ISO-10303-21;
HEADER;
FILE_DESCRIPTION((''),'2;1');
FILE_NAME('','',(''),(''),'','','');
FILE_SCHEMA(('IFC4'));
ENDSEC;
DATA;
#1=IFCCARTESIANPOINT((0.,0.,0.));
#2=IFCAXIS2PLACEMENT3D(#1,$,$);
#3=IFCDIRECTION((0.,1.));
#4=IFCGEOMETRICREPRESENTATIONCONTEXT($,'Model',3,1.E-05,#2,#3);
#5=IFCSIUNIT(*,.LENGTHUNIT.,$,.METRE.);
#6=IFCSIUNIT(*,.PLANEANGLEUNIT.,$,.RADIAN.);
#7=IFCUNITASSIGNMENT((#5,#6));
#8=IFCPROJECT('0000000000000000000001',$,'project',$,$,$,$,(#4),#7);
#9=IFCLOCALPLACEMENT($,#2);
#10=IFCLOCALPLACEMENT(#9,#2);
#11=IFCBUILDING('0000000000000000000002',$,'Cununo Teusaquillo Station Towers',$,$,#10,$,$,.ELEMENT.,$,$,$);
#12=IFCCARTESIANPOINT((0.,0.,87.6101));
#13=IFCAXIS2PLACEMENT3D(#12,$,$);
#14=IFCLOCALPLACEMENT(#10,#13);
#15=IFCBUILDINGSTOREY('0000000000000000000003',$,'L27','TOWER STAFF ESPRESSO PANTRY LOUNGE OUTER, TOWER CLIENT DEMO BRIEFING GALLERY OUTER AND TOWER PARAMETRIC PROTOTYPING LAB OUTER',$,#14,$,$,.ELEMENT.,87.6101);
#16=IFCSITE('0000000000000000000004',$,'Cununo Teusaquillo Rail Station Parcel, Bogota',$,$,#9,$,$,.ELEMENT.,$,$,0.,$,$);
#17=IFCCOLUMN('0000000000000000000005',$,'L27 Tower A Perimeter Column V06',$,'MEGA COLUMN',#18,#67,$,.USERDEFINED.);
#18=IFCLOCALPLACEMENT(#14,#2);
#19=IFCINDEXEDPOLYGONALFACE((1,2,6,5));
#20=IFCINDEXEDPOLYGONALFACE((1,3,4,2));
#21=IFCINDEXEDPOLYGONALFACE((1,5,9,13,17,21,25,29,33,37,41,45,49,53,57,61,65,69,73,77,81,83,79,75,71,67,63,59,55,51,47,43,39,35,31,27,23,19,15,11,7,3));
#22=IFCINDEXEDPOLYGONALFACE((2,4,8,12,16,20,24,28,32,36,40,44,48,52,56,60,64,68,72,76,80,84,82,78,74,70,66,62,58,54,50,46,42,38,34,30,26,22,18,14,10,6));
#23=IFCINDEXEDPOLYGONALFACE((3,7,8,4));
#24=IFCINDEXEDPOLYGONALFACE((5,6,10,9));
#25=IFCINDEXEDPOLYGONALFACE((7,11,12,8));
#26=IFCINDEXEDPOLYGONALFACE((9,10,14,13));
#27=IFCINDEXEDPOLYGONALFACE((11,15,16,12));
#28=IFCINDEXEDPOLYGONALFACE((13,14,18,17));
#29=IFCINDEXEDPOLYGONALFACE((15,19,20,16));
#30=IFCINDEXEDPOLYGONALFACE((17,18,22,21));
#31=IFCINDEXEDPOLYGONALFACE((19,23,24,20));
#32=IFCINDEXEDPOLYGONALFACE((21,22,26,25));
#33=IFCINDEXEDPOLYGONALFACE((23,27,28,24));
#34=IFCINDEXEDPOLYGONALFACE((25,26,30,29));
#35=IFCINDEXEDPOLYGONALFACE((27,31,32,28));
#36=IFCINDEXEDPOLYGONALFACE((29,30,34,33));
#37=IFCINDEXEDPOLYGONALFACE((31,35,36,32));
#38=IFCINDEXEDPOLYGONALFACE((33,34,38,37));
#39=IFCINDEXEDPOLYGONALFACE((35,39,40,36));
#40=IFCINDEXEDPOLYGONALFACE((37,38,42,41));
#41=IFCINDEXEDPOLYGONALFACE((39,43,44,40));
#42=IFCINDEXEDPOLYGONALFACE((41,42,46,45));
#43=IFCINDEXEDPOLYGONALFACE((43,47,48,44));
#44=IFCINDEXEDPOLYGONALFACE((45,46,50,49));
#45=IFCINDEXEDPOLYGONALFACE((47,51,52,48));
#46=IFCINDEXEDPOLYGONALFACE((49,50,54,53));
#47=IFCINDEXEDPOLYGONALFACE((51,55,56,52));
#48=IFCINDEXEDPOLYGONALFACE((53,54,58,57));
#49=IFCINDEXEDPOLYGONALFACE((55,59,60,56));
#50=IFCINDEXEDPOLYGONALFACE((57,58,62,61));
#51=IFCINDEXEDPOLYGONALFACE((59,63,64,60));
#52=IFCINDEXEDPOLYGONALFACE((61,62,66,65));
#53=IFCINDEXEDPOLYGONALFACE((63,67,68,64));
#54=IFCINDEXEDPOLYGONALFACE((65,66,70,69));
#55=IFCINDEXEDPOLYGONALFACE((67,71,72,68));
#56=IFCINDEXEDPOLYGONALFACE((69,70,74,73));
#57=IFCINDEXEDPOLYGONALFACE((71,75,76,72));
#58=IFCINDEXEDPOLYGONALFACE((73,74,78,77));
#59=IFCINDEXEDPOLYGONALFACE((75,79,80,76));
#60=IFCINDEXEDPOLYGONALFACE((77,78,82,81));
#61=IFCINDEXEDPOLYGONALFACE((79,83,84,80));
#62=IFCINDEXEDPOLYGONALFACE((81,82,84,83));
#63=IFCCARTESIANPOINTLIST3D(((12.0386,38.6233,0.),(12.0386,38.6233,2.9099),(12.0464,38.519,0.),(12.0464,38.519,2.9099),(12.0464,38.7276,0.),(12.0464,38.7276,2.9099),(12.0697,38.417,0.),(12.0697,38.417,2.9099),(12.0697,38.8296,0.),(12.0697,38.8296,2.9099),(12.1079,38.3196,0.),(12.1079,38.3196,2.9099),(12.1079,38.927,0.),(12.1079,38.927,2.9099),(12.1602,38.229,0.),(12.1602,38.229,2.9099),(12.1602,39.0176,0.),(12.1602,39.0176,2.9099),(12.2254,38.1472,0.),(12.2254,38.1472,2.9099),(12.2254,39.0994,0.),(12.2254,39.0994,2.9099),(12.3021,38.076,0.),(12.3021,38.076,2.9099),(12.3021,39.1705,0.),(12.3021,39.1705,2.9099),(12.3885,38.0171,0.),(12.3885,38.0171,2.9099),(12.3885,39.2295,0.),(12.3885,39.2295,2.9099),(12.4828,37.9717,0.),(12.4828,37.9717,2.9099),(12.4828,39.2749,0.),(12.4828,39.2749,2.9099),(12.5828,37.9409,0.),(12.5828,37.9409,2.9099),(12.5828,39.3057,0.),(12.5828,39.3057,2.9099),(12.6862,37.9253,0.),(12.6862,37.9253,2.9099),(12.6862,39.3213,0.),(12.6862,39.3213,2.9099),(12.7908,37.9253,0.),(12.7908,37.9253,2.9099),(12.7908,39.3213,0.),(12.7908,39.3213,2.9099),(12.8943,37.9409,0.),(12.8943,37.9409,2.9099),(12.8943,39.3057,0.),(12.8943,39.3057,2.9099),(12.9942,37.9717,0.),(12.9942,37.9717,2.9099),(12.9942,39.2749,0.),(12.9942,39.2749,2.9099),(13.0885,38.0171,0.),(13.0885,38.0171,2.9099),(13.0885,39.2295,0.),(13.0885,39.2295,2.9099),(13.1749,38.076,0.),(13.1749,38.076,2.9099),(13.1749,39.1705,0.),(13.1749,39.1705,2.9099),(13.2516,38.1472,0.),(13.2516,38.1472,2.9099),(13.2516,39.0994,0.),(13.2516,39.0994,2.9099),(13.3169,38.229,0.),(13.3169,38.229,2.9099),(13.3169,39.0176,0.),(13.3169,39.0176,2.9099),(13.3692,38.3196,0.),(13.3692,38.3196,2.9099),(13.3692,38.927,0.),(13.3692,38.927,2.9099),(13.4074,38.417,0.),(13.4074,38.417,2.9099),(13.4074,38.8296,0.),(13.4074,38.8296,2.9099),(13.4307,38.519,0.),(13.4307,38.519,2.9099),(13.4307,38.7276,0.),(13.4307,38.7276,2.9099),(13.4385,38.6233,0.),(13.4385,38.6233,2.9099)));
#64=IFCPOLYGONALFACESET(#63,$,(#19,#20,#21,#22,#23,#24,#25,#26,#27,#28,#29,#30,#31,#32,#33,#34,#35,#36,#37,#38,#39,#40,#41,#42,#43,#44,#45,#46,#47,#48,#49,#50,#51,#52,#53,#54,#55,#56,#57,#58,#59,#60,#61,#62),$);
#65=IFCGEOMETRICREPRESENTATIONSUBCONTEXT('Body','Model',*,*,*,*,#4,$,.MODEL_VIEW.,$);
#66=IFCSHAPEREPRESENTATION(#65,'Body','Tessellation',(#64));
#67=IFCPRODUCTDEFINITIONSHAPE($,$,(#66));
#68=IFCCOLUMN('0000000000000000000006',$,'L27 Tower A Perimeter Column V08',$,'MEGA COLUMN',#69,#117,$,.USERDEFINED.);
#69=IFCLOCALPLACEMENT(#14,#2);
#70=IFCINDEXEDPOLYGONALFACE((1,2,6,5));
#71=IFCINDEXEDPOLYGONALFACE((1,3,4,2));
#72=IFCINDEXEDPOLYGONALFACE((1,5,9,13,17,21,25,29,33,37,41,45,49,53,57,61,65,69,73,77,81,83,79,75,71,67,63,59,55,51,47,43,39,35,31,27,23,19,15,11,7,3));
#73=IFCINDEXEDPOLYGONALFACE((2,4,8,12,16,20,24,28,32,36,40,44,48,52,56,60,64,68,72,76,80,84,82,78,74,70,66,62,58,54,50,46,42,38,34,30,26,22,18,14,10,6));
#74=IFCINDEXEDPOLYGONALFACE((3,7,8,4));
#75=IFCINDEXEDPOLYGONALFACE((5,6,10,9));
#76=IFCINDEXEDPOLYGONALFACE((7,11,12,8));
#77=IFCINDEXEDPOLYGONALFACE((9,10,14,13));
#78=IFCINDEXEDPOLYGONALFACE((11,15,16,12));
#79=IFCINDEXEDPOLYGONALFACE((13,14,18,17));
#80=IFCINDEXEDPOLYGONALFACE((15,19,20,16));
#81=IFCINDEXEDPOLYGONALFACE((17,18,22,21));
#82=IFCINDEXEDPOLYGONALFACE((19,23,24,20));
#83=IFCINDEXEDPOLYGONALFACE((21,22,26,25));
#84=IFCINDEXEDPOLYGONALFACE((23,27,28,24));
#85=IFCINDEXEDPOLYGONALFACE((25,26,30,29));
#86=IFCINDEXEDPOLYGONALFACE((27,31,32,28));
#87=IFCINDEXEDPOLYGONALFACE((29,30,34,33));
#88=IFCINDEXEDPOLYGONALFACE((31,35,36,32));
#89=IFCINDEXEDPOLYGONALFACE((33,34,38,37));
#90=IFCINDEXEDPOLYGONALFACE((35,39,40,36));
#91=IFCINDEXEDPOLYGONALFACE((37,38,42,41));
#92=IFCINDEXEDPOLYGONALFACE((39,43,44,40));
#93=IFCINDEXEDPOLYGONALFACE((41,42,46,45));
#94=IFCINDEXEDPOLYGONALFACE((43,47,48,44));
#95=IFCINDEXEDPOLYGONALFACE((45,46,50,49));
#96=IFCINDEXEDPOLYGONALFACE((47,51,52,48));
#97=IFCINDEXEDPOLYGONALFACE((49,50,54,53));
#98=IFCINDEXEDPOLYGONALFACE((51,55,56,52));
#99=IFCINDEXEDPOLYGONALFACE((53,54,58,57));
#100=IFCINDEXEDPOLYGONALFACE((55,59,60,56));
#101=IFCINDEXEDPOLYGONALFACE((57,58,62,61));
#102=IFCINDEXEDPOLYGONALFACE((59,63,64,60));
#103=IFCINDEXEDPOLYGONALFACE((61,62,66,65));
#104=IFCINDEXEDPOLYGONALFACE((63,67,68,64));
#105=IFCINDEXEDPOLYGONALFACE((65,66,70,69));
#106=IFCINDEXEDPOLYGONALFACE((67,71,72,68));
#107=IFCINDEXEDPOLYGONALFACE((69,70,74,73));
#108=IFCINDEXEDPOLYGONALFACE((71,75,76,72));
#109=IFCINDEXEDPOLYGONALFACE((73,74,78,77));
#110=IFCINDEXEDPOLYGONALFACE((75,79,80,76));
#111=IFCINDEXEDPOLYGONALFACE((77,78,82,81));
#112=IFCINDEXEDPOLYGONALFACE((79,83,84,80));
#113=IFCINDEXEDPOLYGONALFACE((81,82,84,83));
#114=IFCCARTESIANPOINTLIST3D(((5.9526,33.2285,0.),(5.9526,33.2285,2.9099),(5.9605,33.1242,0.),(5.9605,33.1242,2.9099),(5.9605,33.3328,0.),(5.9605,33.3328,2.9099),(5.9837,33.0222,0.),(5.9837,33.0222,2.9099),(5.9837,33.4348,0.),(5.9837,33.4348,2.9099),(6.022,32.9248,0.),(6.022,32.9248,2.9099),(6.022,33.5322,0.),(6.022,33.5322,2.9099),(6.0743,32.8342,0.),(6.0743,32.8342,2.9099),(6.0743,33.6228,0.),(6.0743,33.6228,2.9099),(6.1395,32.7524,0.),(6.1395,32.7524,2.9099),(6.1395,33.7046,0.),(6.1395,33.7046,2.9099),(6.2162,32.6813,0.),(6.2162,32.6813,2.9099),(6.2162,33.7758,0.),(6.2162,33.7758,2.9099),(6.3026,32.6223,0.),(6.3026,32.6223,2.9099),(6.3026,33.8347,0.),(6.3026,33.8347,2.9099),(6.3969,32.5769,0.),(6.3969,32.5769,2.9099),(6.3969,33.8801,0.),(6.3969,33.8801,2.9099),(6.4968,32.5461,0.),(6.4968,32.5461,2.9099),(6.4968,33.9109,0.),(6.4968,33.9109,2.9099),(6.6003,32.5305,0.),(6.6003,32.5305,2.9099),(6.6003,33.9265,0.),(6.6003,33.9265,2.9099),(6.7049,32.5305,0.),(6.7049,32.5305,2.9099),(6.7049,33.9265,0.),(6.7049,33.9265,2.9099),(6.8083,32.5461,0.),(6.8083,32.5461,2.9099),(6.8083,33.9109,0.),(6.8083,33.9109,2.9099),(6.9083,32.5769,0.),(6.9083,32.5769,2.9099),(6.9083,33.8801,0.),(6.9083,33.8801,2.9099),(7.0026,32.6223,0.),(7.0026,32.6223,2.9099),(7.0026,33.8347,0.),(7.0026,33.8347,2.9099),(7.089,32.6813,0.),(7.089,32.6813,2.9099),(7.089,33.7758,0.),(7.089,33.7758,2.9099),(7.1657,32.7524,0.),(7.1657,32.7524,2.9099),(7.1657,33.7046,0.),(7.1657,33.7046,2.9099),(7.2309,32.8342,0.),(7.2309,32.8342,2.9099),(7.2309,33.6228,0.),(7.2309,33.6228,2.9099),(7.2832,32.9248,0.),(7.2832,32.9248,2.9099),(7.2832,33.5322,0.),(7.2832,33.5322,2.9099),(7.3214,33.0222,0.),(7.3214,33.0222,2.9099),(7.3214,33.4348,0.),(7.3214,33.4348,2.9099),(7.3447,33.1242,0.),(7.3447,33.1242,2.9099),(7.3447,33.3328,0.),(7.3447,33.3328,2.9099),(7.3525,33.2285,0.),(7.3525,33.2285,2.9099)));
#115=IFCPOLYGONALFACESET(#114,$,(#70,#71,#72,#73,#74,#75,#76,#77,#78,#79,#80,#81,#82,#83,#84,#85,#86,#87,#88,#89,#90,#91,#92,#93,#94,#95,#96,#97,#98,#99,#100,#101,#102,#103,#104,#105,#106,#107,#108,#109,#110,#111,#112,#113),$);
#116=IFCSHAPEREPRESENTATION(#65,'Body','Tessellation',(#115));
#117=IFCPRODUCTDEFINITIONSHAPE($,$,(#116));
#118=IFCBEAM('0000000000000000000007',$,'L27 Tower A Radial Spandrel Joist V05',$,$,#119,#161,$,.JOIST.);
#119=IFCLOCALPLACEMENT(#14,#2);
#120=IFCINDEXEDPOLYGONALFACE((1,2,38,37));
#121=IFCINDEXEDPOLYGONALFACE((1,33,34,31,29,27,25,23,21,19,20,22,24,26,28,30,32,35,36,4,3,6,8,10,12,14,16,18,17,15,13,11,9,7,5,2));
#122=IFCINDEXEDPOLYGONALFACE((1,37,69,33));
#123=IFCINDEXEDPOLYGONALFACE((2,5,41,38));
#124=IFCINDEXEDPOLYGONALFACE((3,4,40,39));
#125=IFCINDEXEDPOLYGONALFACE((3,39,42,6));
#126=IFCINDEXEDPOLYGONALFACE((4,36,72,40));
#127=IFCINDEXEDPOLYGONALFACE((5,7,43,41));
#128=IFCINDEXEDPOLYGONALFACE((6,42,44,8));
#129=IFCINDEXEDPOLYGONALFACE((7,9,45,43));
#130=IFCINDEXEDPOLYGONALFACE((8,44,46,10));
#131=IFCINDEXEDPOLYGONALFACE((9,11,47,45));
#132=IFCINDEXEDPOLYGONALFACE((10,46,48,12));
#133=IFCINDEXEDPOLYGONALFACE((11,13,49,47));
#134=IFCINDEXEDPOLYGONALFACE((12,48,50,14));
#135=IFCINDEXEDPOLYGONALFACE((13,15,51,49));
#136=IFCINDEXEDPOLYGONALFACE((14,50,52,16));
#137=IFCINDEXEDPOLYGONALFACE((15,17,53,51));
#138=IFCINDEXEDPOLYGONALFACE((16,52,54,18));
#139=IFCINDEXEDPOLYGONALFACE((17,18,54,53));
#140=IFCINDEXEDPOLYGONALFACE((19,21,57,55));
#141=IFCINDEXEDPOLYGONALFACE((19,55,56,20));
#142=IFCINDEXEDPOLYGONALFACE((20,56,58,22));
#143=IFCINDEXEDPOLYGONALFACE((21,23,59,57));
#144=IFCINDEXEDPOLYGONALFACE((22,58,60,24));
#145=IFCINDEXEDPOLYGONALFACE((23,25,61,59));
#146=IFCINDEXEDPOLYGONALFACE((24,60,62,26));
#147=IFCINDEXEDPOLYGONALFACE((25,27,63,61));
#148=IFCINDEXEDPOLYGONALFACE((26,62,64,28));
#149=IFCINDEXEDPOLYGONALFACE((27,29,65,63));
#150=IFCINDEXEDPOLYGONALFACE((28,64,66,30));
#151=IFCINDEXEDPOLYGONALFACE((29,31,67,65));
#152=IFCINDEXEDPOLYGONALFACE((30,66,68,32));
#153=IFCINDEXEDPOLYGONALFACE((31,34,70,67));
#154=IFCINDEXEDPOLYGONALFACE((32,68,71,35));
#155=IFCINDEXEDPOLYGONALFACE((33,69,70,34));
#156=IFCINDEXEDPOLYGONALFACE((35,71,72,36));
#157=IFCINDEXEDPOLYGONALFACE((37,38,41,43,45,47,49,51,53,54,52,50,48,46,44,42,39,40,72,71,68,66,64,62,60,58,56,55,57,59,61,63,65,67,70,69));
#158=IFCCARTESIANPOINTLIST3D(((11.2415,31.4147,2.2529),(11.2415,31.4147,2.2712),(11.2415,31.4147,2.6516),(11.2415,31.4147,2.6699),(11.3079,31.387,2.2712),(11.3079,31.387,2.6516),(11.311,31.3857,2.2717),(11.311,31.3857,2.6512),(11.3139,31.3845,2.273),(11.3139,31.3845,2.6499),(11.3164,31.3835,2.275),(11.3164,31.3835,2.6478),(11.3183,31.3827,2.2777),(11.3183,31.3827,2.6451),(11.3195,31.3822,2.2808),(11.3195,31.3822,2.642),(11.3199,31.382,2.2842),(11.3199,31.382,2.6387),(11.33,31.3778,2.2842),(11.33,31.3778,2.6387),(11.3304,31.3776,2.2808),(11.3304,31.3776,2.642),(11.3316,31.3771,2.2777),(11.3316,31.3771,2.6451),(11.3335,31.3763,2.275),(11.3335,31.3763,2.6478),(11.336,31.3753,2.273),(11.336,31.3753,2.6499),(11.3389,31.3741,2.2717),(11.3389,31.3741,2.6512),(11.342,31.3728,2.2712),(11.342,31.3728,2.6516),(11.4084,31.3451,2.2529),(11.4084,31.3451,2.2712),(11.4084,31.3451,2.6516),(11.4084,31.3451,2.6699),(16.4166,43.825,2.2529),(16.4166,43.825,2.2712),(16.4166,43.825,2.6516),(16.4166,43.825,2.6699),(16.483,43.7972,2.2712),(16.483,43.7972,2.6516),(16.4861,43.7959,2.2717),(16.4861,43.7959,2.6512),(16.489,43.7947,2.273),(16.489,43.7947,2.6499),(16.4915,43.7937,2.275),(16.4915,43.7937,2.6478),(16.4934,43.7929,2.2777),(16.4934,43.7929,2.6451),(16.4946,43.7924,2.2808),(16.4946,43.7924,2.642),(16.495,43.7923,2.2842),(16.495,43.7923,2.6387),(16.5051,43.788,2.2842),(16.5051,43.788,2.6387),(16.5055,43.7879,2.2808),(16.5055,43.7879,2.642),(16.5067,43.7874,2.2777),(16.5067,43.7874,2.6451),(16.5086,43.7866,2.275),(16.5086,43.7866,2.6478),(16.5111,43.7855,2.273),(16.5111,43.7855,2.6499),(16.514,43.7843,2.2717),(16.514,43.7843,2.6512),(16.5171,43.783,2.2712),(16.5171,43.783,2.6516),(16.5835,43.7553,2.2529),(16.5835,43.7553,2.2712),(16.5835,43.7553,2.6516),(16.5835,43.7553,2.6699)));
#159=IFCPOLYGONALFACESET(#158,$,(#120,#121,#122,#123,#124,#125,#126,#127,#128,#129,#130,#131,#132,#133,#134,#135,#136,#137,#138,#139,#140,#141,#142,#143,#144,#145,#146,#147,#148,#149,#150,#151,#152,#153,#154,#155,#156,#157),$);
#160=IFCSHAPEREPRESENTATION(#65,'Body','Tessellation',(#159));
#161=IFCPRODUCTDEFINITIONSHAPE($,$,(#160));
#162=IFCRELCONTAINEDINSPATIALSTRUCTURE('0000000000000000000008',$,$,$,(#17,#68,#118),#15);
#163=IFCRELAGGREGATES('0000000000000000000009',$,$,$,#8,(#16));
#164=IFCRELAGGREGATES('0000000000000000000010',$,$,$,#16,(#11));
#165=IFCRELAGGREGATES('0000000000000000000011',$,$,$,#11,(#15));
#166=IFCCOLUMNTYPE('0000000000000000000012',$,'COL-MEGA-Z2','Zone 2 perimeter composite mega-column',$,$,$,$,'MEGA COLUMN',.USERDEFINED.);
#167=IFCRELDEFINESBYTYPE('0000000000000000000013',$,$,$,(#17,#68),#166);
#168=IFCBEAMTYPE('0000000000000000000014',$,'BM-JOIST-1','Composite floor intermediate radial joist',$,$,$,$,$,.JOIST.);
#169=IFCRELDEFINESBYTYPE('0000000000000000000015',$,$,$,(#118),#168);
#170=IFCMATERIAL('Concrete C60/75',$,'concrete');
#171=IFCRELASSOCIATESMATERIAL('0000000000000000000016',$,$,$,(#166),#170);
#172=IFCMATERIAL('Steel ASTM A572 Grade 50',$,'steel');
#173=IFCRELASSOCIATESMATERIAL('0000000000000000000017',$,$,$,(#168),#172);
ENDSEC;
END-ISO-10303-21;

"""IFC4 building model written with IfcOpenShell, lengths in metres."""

from ifc_helpers import new_model, si_unit, direction, frame, origin, origin_2d, place, context, subcontext, project, spatial, circle, i_section, extrude, material, material_profile, profile_set, type_object, element, save


model = new_model("IFC4")

# Units and contexts
model_context = context("Model", 3, precision=1e-05, world=origin(), true_north=direction((0.0, 1.0)))
body_context = subcontext(model_context, "Body", "Model", "MODEL_VIEW")
ifc_project = project(units=[si_unit("LENGTHUNIT", "METRE"), si_unit("PLANEANGLEUNIT", "RADIAN")], contexts=[model_context])

# Site, building, storey
site_placement = place(None, origin())
site = spatial("IfcSite", under=ifc_project, at=site_placement, Name="Cununo Teusaquillo Rail Station Parcel, Bogota", CompositionType="ELEMENT", RefElevation=0.0)
building_placement = place(site_placement, origin())
building = spatial("IfcBuilding", under=site, at=building_placement, Name="Cununo Teusaquillo Station Towers", CompositionType="ELEMENT")
storey_placement = place(building_placement, frame((0.0, 0.0, 87.6101)))
storey = spatial("IfcBuildingStorey", under=building, at=storey_placement, Name="L27", Description="TOWER STAFF ESPRESSO PANTRY LOUNGE OUTER, TOWER CLIENT DEMO BRIEFING GALLERY OUTER AND TOWER PARAMETRIC PROTOTYPING LAB OUTER", CompositionType="ELEMENT", Elevation=87.6101)

# Columns
ifc_material_1 = material(Name="Concrete C60/75", Category="concrete")
ifc_material_profile_1 = material_profile(ifc_material_1, circle(Radius=0.7, at=origin_2d()), Name="RC-CIRC-1400")
ifc_profile_set_1 = profile_set([ifc_material_profile_1], Name="Concrete C60/75")
column_type = type_object("IfcColumnType", Name="COL-MEGA-Z2", Description="Zone 2 perimeter composite mega-column", ElementType="MEGA COLUMN", PredefinedType="USERDEFINED", material=ifc_profile_set_1)
for number, where, z_axis, x_axis, name in (
    (1, (12.7385, 38.6233, 0.0), (0.0, 0.0, 1.0), (1.0, 0.0, 0.0), "L27 Tower A Perimeter Column V06"),
    (2, (6.6526, 33.2285, 0.0), (0.0, 0.0, 1.0), (1.0, 0.0, 0.0), "L27 Tower A Perimeter Column V08"),
):
    element("IfcColumn", number, at=place(storey_placement, frame(where, z_axis=z_axis, x_axis=x_axis)), inside=storey, type_object=column_type, Name=name, ObjectType="MEGA COLUMN", PredefinedType="USERDEFINED", context=body_context, shape_type="SweptSolid", body=[
        extrude(circle(Radius=0.7, at=origin_2d()), origin(), (0.0, 0.0, 1.0), 2.9099),
    ])

# Beam
ifc_material_2 = material(Name="Steel ASTM A572 Grade 50", Category="steel")
ifc_material_profile_2 = material_profile(ifc_material_2, i_section(OverallWidth=0.1809, OverallDepth=0.417, WebThickness=0.011, FlangeThickness=0.0183, FilletRadius=0.0129, at=origin_2d()), Name="W16X57")
ifc_profile_set_2 = profile_set([ifc_material_profile_2], Name="Steel ASTM A572 Grade 50")
beam_type_1 = type_object("IfcBeamType", Name="BM-JOIST-1", Description="Composite floor intermediate radial joist", PredefinedType="JOIST", material=ifc_profile_set_2)
beam_1_placement = place(storey_placement, frame((11.325, 31.3799, 2.4614), z_axis=(0.384878, 0.922967, 0.0), x_axis=(-0.922967, 0.384878, 0.0)))
element("IfcBeam", 3, at=beam_1_placement, inside=storey, type_object=beam_type_1, Name="L27 Tower A Radial Spandrel Joist V05", PredefinedType="JOIST", context=body_context, shape_type="SweptSolid", body=[
    extrude(i_section(OverallWidth=0.1809, OverallDepth=0.417, WebThickness=0.011, FlangeThickness=0.0183, FilletRadius=0.0129, at=origin_2d()), origin(), (0.0, 0.0, 1.0), 13.446),
])

save(model, "model.ifc")
